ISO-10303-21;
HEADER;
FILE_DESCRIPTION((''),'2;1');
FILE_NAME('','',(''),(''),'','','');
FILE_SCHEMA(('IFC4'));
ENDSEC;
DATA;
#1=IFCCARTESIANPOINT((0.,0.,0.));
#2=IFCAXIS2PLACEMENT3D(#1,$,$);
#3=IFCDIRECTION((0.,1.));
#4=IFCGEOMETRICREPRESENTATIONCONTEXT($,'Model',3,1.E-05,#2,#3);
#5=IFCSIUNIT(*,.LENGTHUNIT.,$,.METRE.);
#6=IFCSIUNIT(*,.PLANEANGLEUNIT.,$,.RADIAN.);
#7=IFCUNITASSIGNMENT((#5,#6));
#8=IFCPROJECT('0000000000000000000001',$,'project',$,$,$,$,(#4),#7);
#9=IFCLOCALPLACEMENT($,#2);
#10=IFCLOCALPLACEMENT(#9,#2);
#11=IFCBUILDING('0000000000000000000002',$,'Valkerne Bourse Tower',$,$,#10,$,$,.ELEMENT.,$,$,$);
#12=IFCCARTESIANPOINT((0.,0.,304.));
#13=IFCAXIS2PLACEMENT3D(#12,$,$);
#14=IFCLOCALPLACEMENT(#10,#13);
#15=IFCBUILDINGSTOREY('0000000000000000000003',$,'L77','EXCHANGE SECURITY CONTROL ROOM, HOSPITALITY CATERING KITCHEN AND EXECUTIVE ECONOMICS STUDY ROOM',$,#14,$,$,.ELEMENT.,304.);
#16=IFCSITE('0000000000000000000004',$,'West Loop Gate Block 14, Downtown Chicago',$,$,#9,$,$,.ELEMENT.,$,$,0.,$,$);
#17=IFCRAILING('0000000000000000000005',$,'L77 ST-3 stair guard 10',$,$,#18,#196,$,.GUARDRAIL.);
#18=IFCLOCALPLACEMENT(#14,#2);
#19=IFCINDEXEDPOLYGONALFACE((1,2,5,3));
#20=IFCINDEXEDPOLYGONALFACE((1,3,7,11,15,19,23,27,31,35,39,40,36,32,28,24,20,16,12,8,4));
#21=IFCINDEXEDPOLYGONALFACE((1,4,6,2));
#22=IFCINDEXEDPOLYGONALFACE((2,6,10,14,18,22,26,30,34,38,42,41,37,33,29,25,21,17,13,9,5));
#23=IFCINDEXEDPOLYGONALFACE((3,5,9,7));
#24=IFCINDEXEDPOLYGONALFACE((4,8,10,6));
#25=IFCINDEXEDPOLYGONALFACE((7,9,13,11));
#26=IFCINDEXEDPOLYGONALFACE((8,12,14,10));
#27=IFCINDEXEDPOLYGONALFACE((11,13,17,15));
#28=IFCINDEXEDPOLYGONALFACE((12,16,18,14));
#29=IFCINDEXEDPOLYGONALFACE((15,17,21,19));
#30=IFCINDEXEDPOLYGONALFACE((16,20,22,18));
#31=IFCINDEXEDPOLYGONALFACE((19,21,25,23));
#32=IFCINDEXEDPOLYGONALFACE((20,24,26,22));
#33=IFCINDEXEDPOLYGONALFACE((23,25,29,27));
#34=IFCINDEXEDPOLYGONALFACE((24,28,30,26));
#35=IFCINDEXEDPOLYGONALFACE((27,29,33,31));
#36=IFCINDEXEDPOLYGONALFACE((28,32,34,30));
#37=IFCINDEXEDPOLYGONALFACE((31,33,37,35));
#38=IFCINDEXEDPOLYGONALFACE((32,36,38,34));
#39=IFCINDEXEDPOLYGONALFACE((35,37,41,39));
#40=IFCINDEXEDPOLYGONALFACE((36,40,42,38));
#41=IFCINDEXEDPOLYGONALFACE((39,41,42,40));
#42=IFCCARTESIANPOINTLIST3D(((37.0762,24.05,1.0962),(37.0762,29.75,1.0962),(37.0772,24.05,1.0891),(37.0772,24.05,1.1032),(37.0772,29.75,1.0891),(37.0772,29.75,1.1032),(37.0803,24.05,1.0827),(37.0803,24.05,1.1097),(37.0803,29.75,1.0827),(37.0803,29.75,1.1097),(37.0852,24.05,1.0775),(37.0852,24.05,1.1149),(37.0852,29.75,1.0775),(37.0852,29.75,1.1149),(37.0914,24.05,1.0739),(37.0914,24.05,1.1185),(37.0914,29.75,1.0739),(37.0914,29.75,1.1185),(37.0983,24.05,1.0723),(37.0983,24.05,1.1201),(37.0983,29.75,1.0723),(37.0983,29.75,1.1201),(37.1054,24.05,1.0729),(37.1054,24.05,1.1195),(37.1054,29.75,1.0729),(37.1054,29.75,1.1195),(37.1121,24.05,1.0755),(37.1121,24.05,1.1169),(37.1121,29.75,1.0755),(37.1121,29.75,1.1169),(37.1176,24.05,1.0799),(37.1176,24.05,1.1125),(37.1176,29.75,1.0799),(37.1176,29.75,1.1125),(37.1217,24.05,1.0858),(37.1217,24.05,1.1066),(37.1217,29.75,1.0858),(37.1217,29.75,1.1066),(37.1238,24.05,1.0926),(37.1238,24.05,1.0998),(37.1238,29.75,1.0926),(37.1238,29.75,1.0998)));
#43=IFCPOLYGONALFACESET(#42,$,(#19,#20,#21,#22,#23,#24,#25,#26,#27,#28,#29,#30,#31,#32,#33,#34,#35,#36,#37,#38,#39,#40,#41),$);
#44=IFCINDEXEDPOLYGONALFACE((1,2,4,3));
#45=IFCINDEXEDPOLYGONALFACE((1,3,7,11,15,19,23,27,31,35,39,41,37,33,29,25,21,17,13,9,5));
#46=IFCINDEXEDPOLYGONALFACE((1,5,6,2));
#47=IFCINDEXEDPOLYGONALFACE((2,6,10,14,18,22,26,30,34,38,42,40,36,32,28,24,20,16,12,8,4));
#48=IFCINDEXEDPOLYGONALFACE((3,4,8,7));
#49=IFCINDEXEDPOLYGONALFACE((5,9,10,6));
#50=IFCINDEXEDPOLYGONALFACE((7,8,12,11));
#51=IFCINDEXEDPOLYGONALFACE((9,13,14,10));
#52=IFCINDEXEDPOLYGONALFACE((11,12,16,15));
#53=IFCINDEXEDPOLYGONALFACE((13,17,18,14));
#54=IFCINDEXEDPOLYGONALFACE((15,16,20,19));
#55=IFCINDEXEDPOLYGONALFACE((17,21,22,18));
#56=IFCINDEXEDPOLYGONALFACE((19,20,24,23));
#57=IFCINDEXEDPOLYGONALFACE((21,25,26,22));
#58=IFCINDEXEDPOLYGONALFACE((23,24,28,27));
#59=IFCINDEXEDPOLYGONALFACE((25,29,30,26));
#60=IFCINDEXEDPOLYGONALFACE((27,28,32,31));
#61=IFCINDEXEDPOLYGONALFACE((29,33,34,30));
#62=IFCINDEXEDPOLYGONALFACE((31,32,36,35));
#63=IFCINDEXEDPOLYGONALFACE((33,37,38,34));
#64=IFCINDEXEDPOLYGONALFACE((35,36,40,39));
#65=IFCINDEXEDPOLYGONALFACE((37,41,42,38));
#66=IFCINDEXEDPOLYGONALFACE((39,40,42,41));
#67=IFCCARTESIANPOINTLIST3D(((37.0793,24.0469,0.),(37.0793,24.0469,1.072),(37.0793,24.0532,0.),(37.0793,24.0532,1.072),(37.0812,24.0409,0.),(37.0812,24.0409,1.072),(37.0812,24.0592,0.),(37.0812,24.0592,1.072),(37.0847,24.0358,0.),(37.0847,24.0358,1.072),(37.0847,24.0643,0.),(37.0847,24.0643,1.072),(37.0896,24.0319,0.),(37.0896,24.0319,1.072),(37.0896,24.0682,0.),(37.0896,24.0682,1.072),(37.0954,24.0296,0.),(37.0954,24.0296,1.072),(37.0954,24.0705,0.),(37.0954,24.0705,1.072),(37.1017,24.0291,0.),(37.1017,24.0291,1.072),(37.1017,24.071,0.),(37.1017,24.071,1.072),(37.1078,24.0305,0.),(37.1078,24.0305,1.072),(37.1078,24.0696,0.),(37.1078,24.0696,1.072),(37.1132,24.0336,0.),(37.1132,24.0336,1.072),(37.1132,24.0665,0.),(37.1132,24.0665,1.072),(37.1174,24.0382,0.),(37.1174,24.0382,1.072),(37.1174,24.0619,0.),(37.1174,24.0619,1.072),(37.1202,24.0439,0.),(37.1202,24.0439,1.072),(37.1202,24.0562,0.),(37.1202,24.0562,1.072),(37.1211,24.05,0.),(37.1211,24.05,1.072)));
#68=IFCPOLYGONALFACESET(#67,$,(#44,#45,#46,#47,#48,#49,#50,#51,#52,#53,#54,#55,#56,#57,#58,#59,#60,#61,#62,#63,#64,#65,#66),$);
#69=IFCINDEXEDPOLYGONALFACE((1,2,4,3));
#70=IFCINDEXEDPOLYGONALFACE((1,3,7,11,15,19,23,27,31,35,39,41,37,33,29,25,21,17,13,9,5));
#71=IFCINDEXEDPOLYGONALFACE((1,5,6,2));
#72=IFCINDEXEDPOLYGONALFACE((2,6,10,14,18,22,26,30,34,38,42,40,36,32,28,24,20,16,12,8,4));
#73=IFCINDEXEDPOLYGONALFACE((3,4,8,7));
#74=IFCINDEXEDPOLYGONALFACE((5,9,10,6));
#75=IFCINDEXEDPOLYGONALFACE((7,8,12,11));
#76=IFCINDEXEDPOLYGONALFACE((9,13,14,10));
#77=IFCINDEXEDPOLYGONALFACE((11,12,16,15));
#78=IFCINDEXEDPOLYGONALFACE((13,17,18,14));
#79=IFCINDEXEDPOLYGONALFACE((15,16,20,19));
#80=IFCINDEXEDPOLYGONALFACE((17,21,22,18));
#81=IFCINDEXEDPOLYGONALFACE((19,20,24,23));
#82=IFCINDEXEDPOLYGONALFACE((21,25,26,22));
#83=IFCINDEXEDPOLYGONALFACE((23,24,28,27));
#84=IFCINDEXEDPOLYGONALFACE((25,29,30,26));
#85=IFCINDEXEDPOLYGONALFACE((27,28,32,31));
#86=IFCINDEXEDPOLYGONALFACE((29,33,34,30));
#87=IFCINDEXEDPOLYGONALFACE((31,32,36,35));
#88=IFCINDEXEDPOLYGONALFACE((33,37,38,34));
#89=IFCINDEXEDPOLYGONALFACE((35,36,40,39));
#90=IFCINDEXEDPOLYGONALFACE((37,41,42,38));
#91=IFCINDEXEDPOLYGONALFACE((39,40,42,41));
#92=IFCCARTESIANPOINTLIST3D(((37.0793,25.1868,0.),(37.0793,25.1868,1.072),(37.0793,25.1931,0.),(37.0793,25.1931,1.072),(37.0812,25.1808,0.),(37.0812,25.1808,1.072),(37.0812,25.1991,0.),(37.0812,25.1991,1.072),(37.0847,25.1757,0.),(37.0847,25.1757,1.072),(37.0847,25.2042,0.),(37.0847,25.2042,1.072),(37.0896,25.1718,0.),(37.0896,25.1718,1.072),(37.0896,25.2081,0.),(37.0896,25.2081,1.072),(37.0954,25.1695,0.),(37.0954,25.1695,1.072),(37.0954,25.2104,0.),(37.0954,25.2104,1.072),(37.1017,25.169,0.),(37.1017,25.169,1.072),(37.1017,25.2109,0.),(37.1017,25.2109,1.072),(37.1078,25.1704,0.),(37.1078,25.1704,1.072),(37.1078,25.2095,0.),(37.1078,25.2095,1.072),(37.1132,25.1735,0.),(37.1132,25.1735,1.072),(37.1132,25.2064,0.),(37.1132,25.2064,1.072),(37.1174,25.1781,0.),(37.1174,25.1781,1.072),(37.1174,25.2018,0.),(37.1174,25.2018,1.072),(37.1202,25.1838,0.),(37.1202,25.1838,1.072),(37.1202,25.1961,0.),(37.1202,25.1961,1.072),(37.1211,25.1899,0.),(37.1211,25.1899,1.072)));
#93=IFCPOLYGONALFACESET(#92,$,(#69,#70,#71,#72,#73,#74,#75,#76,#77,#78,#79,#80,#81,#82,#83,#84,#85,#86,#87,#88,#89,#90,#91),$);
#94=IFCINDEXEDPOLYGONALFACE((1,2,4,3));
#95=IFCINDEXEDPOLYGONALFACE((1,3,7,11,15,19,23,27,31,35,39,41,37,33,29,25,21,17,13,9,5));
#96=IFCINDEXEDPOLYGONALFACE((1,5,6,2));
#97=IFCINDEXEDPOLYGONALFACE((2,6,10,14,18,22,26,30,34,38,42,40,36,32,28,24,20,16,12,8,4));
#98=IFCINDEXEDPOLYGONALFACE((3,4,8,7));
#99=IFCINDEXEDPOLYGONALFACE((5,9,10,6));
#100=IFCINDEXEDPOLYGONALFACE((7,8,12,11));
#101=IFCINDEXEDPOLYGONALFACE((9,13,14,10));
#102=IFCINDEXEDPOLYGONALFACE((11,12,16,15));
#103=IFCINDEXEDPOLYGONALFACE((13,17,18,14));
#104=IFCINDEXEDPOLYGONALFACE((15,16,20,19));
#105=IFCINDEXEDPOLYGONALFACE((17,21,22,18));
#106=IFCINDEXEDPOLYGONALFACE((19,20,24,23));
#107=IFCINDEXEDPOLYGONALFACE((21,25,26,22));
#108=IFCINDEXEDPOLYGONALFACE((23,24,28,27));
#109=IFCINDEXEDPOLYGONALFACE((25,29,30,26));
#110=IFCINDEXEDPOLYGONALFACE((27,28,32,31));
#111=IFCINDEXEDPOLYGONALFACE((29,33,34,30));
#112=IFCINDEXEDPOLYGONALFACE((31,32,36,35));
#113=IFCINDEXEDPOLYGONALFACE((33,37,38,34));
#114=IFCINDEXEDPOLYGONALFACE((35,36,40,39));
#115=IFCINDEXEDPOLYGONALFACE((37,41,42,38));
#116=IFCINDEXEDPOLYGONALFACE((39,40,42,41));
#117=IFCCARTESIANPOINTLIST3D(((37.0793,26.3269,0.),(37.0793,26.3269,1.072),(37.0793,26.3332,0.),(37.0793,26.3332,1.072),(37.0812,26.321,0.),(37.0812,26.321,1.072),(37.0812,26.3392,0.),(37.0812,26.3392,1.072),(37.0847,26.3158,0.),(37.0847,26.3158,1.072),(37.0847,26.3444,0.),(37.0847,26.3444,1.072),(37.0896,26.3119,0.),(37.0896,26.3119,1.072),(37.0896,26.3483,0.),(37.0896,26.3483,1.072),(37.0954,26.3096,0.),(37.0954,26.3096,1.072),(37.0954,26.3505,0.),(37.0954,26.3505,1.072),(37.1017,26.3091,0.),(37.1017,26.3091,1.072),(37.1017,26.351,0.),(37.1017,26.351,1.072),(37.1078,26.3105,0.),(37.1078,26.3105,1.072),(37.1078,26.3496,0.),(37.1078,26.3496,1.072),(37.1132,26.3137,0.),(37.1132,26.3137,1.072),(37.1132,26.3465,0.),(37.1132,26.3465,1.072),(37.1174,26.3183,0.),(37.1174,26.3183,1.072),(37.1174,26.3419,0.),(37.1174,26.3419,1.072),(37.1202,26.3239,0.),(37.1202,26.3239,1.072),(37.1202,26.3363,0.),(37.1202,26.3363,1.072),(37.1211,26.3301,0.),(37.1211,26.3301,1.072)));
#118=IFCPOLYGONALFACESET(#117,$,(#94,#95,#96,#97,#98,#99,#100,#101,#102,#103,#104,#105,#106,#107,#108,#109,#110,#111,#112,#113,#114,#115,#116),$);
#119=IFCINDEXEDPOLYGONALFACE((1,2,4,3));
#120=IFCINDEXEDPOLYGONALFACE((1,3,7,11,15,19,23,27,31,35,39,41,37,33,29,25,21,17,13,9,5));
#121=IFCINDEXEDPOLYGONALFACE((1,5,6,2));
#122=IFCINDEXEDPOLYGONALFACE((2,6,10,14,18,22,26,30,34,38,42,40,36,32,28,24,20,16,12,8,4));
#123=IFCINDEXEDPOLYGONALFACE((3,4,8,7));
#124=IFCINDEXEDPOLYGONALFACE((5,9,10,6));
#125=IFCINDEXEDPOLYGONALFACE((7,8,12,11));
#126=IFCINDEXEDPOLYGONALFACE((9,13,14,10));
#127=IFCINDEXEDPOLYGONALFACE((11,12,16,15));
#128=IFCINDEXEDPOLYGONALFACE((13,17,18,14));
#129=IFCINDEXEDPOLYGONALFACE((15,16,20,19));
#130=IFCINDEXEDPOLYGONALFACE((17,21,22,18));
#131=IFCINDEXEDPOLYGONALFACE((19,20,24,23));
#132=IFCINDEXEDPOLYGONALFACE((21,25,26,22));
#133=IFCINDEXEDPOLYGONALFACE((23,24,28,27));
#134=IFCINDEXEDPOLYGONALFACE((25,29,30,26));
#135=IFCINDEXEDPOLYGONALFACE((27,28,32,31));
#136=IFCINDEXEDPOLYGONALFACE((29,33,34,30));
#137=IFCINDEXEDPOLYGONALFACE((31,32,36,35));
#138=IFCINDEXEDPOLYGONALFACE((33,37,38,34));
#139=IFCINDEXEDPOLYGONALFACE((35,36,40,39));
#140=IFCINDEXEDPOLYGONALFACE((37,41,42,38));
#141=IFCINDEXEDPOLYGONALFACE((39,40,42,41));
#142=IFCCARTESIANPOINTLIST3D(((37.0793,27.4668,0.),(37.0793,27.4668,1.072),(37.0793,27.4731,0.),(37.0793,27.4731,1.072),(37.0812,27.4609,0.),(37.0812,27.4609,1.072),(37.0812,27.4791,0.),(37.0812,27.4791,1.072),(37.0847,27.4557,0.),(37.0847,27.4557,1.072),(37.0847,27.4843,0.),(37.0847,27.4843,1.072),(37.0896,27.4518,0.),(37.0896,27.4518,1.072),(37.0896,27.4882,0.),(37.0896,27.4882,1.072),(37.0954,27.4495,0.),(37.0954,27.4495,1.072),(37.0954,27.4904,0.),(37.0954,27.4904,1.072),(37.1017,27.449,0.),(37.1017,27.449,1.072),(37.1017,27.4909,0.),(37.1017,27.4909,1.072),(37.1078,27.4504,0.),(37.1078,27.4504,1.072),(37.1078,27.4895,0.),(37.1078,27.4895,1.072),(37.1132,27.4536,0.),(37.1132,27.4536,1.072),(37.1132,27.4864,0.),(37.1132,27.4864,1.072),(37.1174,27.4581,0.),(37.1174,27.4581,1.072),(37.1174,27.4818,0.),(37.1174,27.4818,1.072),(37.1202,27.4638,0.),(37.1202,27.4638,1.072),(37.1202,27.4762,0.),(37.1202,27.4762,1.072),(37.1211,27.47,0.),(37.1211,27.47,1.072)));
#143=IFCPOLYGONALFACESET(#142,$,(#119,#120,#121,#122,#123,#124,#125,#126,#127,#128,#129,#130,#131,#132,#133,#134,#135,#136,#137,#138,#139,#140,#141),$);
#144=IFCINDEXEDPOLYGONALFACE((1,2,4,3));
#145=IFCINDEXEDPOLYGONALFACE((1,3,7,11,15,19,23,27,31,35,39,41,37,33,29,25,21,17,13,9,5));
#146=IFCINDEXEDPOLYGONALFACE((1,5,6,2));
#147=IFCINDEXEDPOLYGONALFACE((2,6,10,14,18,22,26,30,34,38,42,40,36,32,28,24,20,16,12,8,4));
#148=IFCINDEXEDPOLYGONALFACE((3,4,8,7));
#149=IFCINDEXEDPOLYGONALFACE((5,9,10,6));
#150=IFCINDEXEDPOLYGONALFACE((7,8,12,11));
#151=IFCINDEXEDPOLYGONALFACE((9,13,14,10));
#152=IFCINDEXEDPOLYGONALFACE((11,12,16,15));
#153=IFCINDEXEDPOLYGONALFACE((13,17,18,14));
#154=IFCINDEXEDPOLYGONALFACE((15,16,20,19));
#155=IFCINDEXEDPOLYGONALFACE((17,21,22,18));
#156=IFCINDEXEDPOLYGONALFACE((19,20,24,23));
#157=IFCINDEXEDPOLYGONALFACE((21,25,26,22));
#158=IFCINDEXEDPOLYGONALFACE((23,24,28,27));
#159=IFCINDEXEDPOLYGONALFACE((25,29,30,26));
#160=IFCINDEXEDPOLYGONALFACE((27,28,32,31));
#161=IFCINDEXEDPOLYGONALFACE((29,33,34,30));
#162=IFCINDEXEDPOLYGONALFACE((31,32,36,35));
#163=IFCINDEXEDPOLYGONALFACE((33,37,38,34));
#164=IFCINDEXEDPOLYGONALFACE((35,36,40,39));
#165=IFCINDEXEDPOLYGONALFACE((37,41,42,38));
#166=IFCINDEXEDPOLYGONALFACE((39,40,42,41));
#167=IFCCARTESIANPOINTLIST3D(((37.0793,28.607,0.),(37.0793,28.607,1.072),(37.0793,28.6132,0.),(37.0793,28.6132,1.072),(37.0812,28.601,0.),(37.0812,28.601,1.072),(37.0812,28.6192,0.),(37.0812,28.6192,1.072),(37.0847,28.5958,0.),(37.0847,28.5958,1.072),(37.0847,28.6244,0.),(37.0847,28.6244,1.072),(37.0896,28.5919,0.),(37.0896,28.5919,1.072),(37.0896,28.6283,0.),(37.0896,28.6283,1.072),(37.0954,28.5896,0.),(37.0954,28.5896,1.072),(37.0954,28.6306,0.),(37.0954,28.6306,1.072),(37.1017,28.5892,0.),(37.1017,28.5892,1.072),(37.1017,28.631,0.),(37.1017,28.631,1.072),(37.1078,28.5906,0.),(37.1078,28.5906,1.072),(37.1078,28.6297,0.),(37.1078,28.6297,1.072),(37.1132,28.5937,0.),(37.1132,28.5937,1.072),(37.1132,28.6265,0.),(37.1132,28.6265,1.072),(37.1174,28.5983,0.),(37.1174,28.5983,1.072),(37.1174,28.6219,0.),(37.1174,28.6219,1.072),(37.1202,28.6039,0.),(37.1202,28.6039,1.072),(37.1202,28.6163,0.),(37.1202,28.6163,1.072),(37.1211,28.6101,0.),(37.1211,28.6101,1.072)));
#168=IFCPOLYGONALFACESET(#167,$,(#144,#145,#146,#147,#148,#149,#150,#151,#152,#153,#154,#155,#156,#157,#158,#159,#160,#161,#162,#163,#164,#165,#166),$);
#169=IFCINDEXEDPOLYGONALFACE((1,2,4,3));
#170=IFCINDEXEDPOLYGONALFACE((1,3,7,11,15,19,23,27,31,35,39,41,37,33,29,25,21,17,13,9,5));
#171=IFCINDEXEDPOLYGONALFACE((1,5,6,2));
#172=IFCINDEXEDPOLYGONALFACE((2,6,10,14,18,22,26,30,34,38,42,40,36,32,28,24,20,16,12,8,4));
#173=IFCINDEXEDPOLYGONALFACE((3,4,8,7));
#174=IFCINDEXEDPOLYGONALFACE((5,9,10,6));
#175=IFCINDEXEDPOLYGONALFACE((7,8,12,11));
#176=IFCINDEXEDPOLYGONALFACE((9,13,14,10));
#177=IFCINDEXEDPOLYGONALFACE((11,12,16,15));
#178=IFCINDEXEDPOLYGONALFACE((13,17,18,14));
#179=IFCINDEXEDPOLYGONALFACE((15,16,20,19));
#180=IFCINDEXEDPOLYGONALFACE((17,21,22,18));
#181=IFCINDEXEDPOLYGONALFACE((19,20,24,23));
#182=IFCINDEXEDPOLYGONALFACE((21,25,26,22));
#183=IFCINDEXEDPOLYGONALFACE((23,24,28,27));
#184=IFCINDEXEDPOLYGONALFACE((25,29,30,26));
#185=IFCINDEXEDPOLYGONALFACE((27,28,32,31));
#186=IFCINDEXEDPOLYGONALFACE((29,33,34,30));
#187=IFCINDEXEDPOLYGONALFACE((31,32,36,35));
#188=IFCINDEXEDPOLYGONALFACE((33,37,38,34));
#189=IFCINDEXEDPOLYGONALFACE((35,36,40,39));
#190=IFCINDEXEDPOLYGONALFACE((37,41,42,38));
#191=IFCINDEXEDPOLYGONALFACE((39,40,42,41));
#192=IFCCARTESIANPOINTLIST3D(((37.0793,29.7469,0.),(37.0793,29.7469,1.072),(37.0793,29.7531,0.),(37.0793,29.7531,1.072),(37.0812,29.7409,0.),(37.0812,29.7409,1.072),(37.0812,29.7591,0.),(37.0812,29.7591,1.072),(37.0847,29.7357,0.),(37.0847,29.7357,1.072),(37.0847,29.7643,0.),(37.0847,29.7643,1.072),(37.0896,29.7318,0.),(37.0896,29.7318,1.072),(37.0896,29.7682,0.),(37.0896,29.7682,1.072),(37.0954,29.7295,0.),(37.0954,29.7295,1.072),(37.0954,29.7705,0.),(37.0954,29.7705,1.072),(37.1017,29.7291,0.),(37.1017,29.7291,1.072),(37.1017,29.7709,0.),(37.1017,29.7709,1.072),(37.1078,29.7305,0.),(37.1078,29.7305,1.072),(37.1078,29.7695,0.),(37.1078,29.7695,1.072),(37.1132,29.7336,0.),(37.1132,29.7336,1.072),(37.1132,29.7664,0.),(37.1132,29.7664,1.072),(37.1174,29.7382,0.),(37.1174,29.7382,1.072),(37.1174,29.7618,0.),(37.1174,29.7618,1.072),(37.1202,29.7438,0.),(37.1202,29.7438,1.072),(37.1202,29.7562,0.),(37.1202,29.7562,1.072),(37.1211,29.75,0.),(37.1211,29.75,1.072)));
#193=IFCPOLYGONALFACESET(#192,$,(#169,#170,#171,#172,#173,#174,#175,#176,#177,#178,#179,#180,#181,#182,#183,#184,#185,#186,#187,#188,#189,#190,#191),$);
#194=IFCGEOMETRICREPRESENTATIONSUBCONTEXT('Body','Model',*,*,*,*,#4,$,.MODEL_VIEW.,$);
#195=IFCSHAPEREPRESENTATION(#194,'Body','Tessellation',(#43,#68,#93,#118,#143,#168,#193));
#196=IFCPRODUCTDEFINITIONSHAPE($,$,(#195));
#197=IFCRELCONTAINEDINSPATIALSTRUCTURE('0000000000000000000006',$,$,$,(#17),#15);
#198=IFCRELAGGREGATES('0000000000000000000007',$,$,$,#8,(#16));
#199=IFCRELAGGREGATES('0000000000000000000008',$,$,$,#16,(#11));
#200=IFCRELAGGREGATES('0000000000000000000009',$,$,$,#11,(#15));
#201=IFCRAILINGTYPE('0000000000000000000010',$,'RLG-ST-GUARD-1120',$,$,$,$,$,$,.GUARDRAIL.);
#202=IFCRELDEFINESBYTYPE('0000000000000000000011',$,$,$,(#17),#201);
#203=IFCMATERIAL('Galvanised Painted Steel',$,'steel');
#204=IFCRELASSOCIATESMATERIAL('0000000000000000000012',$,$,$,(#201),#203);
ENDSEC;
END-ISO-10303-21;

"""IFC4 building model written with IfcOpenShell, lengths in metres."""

from ifc_helpers import new_model, si_unit, direction, frame, origin, origin_2d, place, context, subcontext, project, spatial, circle, extrude, material, type_object, element, save


model = new_model("IFC4")

# Units and contexts
model_context = context("Model", 3, precision=1e-05, world=origin(), true_north=direction((0.0, 1.0)))
body_context = subcontext(model_context, "Body", "Model", "MODEL_VIEW")
ifc_project = project(units=[si_unit("LENGTHUNIT", "METRE"), si_unit("PLANEANGLEUNIT", "RADIAN")], contexts=[model_context])

# Site, building, storey
site_placement = place(None, origin())
site = spatial("IfcSite", under=ifc_project, at=site_placement, Name="West Loop Gate Block 14, Downtown Chicago", CompositionType="ELEMENT", RefElevation=0.0)
building_placement = place(site_placement, origin())
building = spatial("IfcBuilding", under=site, at=building_placement, Name="Valkerne Bourse Tower", CompositionType="ELEMENT")
storey_placement = place(building_placement, frame((0.0, 0.0, 304.0)))
storey = spatial("IfcBuildingStorey", under=building, at=storey_placement, Name="L77", Description="EXCHANGE SECURITY CONTROL ROOM, HOSPITALITY CATERING KITCHEN AND EXECUTIVE ECONOMICS STUDY ROOM", CompositionType="ELEMENT", Elevation=304.0)

# Railing
ifc_material_1 = material(Name="Galvanised Painted Steel", Category="steel")
railing_type_1 = type_object("IfcRailingType", Name="RLG-ST-GUARD-1120", PredefinedType="GUARDRAIL", material=ifc_material_1)
railing_1_placement = place(storey_placement, frame((37.1001, 24.05, 0.0)))
element("IfcRailing", 1, at=railing_1_placement, inside=storey, type_object=railing_type_1, Name="L77 ST-3 stair guard 10", PredefinedType="GUARDRAIL", context=body_context, shape_type="SweptSolid", body=[
    extrude(circle(Radius=0.0239, at=origin_2d()), frame((0.0, 0.0, 1.0962), z_axis=(0.0, 1.0, 0.0), x_axis=(-1.0, 0.0, 0.0)), (0.0, 0.0, 1.0), 5.7),
    extrude(circle(Radius=0.021, at=origin_2d()), origin(), (0.0, 0.0, 1.0), 1.072),
    extrude(circle(Radius=0.021, at=origin_2d()), frame((0.0, 1.1399, 0.0)), (0.0, 0.0, 1.0), 1.072),
    extrude(circle(Radius=0.021, at=origin_2d()), frame((0.0, 2.28, 0.0)), (0.0, 0.0, 1.0), 1.072),
    extrude(circle(Radius=0.021, at=origin_2d()), frame((0.0, 3.4199, 0.0)), (0.0, 0.0, 1.0), 1.072),
    extrude(circle(Radius=0.021, at=origin_2d()), frame((0.0, 4.5601, 0.0)), (0.0, 0.0, 1.0), 1.072),
    extrude(circle(Radius=0.021, at=origin_2d()), frame((0.0, 5.7, 0.0)), (0.0, 0.0, 1.0), 1.072),
])

save(model, "model.ifc")
